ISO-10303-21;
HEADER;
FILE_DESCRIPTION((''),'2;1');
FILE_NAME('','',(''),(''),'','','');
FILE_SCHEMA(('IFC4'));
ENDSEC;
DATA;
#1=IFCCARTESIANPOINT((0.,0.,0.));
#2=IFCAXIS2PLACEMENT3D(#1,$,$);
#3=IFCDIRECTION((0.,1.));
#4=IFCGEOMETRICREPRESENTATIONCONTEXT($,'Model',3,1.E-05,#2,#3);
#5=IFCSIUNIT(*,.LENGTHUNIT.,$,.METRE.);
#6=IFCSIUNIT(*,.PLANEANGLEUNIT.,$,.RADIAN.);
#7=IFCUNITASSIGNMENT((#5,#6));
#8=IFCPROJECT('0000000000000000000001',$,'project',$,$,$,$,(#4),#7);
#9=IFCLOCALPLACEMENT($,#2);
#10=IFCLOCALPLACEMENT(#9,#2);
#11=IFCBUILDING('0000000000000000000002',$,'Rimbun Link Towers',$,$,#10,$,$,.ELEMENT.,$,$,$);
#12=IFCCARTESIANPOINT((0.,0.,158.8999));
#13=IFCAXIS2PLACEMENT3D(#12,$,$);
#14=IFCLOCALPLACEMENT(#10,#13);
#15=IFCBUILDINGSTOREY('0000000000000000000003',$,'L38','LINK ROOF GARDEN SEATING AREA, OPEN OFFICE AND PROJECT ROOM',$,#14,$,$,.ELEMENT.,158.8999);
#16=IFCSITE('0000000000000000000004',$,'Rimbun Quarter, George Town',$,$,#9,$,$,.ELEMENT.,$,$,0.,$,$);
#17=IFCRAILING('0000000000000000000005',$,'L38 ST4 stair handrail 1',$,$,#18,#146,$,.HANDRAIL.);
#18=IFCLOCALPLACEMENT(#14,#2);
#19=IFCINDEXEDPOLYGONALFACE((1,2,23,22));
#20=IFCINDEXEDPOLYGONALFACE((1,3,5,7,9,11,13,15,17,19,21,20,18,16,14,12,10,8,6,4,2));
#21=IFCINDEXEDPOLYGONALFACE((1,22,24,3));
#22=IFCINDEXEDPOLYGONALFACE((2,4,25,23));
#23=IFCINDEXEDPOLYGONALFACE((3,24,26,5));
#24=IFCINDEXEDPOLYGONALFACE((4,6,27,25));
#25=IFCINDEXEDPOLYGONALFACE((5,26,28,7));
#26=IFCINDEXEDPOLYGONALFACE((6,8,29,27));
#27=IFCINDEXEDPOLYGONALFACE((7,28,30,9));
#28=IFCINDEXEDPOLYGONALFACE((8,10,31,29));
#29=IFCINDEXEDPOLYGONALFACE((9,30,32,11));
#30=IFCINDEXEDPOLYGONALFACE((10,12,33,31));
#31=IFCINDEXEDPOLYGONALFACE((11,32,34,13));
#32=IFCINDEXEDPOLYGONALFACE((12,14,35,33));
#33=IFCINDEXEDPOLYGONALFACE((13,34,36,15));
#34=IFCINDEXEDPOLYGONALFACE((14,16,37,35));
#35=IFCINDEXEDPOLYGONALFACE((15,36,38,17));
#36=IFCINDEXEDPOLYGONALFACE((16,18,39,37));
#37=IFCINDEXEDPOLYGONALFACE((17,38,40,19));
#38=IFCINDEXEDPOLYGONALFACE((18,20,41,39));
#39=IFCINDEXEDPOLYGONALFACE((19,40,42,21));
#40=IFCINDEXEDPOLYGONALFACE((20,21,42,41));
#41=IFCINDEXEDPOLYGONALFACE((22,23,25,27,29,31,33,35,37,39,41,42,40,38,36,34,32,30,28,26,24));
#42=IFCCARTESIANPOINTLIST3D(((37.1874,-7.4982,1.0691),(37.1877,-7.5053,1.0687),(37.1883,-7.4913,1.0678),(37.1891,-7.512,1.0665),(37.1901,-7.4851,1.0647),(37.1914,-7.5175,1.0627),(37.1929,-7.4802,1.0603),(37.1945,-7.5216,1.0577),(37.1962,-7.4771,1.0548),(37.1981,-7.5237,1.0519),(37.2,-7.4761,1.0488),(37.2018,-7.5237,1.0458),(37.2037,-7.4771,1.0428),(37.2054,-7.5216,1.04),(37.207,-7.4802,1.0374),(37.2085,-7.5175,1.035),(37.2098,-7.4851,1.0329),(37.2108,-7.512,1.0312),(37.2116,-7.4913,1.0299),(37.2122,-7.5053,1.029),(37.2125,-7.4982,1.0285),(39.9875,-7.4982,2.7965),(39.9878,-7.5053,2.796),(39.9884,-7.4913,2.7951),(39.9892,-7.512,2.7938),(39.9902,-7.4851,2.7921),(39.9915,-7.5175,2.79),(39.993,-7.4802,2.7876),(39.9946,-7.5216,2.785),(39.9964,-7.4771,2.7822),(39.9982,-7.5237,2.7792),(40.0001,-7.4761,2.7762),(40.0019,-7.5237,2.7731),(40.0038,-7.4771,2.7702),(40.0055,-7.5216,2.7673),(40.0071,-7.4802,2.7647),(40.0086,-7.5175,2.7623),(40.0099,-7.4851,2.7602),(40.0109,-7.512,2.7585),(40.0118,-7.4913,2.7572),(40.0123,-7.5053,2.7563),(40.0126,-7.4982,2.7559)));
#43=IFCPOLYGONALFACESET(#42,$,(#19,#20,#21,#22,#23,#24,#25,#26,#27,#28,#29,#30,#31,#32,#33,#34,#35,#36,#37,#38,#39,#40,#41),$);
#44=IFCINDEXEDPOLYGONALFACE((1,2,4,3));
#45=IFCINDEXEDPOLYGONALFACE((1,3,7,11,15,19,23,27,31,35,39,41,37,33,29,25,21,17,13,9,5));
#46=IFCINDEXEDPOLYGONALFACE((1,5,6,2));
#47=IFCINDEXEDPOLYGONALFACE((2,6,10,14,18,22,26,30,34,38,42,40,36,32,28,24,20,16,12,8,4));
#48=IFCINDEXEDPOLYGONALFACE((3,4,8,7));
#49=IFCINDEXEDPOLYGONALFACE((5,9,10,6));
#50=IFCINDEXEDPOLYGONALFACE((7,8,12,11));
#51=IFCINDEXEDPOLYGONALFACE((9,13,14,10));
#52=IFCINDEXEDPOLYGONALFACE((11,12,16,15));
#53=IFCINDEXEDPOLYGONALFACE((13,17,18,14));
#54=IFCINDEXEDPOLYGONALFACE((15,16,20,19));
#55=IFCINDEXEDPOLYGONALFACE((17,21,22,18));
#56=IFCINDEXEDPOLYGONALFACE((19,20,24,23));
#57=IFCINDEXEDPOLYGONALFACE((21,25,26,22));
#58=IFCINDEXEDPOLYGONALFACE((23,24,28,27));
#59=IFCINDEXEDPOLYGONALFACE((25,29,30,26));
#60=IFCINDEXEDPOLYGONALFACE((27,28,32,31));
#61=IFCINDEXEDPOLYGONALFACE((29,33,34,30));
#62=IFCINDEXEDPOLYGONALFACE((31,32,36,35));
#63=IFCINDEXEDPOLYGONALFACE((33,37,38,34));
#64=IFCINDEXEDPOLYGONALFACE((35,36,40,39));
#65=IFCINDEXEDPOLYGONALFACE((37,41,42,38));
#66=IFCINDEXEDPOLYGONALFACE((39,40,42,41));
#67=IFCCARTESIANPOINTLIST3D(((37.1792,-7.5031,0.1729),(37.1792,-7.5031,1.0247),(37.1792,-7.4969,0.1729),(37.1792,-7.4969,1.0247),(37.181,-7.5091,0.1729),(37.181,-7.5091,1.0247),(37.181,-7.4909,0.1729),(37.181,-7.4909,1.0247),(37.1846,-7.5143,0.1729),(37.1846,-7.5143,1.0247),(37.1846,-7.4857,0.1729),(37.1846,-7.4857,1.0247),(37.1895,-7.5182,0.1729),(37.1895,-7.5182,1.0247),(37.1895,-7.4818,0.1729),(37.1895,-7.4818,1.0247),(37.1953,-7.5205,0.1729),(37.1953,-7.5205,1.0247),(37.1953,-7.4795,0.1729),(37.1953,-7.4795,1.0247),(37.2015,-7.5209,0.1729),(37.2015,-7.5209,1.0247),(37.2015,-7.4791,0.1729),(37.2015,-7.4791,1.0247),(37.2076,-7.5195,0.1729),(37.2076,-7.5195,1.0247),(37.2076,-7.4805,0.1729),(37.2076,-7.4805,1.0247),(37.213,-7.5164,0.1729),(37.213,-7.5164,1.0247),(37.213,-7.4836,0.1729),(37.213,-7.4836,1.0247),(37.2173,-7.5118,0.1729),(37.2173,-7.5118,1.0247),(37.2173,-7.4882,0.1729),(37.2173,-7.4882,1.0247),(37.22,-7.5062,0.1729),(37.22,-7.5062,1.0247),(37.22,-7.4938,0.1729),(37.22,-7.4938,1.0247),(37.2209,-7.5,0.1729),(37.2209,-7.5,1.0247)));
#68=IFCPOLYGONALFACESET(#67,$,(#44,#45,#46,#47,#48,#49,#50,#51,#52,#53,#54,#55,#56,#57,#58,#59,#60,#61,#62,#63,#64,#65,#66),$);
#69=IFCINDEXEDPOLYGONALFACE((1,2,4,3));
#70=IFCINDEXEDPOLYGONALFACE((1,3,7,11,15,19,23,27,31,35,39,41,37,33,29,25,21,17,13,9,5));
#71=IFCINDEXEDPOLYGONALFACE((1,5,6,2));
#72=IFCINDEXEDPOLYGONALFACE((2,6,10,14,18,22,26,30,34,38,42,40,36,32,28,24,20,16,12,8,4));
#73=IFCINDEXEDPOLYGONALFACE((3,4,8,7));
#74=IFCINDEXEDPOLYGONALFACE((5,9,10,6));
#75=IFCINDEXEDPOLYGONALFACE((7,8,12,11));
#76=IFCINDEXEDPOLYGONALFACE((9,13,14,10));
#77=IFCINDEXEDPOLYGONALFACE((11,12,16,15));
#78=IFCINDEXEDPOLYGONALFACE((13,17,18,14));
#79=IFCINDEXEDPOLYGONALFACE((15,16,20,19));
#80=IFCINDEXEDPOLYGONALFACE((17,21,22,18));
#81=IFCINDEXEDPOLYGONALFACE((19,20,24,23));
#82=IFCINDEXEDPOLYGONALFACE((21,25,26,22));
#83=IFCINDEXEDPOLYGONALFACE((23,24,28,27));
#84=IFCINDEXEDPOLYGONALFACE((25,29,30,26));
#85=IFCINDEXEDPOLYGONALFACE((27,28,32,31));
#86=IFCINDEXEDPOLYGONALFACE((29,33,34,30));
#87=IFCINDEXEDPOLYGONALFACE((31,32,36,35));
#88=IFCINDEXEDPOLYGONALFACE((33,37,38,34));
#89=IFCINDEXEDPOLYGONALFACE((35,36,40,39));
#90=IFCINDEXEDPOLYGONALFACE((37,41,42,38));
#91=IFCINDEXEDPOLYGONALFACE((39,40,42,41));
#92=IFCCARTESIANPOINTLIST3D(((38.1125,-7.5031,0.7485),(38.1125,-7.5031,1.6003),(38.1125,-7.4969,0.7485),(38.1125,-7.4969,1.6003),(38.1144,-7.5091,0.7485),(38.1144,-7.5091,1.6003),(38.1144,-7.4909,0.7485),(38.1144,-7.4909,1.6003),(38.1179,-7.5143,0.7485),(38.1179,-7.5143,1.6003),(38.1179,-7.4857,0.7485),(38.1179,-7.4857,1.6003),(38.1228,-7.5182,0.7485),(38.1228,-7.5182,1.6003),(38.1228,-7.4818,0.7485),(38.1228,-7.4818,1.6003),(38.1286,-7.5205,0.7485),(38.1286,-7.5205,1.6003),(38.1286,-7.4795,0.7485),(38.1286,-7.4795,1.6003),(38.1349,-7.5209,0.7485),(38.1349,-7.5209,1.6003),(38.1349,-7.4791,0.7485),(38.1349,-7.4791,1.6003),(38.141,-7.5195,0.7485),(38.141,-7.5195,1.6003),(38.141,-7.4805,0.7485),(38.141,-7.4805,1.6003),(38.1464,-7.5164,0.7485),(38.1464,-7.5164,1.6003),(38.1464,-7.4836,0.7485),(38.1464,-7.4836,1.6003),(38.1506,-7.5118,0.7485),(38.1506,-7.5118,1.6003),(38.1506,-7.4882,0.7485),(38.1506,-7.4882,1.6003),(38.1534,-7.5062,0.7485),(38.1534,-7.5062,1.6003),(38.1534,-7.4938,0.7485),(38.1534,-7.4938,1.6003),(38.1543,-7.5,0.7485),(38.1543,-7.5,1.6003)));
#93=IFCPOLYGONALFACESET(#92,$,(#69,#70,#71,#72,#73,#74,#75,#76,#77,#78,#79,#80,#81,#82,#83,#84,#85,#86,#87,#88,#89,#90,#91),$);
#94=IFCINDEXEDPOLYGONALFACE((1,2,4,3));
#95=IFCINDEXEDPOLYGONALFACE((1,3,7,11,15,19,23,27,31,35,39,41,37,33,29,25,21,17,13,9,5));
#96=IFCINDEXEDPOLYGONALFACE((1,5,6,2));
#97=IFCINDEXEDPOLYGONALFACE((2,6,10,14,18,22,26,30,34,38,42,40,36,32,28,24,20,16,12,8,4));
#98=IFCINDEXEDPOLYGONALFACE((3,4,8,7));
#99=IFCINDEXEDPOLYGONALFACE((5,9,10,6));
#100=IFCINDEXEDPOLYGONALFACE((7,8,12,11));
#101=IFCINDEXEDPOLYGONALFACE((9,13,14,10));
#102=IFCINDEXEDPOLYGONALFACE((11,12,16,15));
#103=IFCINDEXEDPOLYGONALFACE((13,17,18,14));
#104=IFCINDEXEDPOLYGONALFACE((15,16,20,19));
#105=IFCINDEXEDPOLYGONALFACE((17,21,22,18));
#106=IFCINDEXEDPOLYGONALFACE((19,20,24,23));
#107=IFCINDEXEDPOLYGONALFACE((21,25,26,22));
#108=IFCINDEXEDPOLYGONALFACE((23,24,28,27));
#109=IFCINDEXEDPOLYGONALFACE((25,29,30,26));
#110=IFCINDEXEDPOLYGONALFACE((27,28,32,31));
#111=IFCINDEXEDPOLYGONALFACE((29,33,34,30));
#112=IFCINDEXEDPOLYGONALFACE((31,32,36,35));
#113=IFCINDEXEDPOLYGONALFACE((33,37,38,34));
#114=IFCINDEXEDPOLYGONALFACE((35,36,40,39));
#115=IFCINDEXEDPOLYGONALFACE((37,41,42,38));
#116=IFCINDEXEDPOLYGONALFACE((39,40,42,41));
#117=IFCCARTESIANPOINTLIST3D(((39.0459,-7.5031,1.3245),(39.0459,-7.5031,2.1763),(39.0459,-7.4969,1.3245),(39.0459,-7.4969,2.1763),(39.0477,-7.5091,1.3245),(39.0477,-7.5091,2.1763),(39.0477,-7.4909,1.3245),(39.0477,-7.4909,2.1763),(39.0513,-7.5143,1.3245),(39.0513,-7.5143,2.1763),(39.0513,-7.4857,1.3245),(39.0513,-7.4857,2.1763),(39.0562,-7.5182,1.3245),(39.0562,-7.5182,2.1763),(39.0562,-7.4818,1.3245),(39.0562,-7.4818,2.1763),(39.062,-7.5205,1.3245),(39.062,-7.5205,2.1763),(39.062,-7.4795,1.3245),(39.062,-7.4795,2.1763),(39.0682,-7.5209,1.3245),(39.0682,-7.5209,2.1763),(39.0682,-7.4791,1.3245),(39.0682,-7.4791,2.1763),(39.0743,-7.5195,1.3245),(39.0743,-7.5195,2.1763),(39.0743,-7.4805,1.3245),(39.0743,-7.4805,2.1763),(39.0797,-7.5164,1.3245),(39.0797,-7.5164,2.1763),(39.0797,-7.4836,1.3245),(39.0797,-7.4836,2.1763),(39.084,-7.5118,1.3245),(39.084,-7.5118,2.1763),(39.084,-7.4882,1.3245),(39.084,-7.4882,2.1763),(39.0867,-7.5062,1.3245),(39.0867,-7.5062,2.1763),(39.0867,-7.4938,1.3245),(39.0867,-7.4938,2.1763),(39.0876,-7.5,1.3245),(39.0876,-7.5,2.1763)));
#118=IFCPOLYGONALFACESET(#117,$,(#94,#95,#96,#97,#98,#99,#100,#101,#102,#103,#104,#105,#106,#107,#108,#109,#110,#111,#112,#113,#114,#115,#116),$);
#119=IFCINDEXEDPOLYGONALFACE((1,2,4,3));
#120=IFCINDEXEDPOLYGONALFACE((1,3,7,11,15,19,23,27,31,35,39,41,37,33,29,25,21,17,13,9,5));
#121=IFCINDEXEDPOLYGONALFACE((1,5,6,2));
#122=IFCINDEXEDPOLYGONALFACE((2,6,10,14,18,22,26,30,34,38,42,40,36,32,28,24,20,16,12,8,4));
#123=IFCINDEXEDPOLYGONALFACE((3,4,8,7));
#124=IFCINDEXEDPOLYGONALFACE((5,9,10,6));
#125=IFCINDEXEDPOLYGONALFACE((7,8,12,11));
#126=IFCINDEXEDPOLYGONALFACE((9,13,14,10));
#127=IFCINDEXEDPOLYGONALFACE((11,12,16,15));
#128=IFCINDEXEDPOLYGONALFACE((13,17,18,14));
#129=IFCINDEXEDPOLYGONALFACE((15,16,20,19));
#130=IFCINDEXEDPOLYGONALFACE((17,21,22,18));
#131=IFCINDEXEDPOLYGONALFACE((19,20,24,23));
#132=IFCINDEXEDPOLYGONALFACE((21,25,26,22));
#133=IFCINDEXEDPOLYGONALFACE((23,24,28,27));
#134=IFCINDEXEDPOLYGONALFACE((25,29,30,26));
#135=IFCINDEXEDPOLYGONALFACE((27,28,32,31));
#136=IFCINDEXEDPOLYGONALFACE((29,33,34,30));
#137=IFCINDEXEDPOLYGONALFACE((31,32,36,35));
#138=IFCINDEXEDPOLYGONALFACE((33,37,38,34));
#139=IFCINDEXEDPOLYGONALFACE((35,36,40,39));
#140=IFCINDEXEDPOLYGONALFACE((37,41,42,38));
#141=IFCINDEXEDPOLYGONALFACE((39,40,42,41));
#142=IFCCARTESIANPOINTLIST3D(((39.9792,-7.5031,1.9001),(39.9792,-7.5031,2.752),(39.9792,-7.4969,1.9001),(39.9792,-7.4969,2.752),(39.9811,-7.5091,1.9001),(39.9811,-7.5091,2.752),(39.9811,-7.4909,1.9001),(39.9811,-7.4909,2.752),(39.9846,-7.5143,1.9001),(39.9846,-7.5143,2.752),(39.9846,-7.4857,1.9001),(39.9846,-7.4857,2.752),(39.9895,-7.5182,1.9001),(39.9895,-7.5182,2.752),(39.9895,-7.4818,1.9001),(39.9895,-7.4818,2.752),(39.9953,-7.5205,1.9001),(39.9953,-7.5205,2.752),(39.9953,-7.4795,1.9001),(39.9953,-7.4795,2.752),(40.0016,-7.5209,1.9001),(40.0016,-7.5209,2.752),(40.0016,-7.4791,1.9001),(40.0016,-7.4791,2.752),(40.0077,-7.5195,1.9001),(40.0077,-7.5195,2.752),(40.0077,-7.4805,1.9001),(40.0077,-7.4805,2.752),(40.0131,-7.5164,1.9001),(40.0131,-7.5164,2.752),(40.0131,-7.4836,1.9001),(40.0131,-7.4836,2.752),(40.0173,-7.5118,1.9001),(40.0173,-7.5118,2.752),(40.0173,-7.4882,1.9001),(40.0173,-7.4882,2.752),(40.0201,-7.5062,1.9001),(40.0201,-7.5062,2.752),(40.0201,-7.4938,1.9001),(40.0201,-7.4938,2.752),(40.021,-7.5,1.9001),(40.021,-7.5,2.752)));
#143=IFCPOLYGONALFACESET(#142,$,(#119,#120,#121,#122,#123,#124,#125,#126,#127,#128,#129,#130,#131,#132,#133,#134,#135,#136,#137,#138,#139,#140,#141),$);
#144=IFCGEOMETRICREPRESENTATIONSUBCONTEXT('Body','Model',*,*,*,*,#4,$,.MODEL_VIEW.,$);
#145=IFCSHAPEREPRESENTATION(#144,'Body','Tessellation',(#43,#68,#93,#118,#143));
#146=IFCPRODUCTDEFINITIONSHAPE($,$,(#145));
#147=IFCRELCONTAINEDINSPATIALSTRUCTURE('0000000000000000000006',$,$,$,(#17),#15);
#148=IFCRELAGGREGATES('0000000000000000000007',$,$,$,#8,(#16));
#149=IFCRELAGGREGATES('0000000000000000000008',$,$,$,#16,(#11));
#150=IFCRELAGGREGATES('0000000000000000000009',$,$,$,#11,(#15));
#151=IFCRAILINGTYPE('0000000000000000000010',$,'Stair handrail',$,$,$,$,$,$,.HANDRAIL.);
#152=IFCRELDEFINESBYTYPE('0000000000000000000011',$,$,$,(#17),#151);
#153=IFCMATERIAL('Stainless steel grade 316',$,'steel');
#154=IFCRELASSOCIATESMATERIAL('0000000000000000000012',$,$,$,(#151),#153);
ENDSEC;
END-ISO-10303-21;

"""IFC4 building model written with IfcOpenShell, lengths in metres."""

from ifc_helpers import new_model, si_unit, direction, frame, origin, origin_2d, place, context, subcontext, project, spatial, circle, extrude, material, type_object, element, save


model = new_model("IFC4")

# Units and contexts
model_context = context("Model", 3, precision=1e-05, world=origin(), true_north=direction((0.0, 1.0)))
body_context = subcontext(model_context, "Body", "Model", "MODEL_VIEW")
ifc_project = project(units=[si_unit("LENGTHUNIT", "METRE"), si_unit("PLANEANGLEUNIT", "RADIAN")], contexts=[model_context])

# Site, building, storey
site_placement = place(None, origin())
site = spatial("IfcSite", under=ifc_project, at=site_placement, Name="Rimbun Quarter, George Town", CompositionType="ELEMENT", RefElevation=0.0)
building_placement = place(site_placement, origin())
building = spatial("IfcBuilding", under=site, at=building_placement, Name="Rimbun Link Towers", CompositionType="ELEMENT")
storey_placement = place(building_placement, frame((0.0, 0.0, 158.8999)))
storey = spatial("IfcBuildingStorey", under=building, at=storey_placement, Name="L38", Description="LINK ROOF GARDEN SEATING AREA, OPEN OFFICE AND PROJECT ROOM", CompositionType="ELEMENT", Elevation=158.8999)

# Railing
ifc_material_1 = material(Name="Stainless steel grade 316", Category="steel")
railing_type_1 = type_object("IfcRailingType", Name="Stair handrail", PredefinedType="HANDRAIL", material=ifc_material_1)
railing_1_placement = place(storey_placement, frame((37.2, -7.5, 0.1729)))
element("IfcRailing", 1, at=railing_1_placement, inside=storey, type_object=railing_type_1, Name="L38 ST4 stair handrail 1", PredefinedType="HANDRAIL", context=body_context, shape_type="SweptSolid", body=[
    extrude(circle(Radius=0.0239, at=origin_2d()), frame((0.0, 0.0, 0.876), z_axis=(0.85109, 0.0, 0.52502), x_axis=(0.0, 1.0, 0.0)), (0.0, 0.0, 1.0), 3.29),
    extrude(circle(Radius=0.021, at=origin_2d()), origin(), (0.0, 0.0, 1.0), 0.8518),
    extrude(circle(Radius=0.021, at=origin_2d()), frame((0.9333, 0.0, 0.5757)), (0.0, 0.0, 1.0), 0.8518),
    extrude(circle(Radius=0.021, at=origin_2d()), frame((1.8667, 0.0, 1.1516)), (0.0, 0.0, 1.0), 0.8518),
    extrude(circle(Radius=0.021, at=origin_2d()), frame((2.8, 0.0, 1.7273)), (0.0, 0.0, 1.0), 0.8518),
])

save(model, "model.ifc")
